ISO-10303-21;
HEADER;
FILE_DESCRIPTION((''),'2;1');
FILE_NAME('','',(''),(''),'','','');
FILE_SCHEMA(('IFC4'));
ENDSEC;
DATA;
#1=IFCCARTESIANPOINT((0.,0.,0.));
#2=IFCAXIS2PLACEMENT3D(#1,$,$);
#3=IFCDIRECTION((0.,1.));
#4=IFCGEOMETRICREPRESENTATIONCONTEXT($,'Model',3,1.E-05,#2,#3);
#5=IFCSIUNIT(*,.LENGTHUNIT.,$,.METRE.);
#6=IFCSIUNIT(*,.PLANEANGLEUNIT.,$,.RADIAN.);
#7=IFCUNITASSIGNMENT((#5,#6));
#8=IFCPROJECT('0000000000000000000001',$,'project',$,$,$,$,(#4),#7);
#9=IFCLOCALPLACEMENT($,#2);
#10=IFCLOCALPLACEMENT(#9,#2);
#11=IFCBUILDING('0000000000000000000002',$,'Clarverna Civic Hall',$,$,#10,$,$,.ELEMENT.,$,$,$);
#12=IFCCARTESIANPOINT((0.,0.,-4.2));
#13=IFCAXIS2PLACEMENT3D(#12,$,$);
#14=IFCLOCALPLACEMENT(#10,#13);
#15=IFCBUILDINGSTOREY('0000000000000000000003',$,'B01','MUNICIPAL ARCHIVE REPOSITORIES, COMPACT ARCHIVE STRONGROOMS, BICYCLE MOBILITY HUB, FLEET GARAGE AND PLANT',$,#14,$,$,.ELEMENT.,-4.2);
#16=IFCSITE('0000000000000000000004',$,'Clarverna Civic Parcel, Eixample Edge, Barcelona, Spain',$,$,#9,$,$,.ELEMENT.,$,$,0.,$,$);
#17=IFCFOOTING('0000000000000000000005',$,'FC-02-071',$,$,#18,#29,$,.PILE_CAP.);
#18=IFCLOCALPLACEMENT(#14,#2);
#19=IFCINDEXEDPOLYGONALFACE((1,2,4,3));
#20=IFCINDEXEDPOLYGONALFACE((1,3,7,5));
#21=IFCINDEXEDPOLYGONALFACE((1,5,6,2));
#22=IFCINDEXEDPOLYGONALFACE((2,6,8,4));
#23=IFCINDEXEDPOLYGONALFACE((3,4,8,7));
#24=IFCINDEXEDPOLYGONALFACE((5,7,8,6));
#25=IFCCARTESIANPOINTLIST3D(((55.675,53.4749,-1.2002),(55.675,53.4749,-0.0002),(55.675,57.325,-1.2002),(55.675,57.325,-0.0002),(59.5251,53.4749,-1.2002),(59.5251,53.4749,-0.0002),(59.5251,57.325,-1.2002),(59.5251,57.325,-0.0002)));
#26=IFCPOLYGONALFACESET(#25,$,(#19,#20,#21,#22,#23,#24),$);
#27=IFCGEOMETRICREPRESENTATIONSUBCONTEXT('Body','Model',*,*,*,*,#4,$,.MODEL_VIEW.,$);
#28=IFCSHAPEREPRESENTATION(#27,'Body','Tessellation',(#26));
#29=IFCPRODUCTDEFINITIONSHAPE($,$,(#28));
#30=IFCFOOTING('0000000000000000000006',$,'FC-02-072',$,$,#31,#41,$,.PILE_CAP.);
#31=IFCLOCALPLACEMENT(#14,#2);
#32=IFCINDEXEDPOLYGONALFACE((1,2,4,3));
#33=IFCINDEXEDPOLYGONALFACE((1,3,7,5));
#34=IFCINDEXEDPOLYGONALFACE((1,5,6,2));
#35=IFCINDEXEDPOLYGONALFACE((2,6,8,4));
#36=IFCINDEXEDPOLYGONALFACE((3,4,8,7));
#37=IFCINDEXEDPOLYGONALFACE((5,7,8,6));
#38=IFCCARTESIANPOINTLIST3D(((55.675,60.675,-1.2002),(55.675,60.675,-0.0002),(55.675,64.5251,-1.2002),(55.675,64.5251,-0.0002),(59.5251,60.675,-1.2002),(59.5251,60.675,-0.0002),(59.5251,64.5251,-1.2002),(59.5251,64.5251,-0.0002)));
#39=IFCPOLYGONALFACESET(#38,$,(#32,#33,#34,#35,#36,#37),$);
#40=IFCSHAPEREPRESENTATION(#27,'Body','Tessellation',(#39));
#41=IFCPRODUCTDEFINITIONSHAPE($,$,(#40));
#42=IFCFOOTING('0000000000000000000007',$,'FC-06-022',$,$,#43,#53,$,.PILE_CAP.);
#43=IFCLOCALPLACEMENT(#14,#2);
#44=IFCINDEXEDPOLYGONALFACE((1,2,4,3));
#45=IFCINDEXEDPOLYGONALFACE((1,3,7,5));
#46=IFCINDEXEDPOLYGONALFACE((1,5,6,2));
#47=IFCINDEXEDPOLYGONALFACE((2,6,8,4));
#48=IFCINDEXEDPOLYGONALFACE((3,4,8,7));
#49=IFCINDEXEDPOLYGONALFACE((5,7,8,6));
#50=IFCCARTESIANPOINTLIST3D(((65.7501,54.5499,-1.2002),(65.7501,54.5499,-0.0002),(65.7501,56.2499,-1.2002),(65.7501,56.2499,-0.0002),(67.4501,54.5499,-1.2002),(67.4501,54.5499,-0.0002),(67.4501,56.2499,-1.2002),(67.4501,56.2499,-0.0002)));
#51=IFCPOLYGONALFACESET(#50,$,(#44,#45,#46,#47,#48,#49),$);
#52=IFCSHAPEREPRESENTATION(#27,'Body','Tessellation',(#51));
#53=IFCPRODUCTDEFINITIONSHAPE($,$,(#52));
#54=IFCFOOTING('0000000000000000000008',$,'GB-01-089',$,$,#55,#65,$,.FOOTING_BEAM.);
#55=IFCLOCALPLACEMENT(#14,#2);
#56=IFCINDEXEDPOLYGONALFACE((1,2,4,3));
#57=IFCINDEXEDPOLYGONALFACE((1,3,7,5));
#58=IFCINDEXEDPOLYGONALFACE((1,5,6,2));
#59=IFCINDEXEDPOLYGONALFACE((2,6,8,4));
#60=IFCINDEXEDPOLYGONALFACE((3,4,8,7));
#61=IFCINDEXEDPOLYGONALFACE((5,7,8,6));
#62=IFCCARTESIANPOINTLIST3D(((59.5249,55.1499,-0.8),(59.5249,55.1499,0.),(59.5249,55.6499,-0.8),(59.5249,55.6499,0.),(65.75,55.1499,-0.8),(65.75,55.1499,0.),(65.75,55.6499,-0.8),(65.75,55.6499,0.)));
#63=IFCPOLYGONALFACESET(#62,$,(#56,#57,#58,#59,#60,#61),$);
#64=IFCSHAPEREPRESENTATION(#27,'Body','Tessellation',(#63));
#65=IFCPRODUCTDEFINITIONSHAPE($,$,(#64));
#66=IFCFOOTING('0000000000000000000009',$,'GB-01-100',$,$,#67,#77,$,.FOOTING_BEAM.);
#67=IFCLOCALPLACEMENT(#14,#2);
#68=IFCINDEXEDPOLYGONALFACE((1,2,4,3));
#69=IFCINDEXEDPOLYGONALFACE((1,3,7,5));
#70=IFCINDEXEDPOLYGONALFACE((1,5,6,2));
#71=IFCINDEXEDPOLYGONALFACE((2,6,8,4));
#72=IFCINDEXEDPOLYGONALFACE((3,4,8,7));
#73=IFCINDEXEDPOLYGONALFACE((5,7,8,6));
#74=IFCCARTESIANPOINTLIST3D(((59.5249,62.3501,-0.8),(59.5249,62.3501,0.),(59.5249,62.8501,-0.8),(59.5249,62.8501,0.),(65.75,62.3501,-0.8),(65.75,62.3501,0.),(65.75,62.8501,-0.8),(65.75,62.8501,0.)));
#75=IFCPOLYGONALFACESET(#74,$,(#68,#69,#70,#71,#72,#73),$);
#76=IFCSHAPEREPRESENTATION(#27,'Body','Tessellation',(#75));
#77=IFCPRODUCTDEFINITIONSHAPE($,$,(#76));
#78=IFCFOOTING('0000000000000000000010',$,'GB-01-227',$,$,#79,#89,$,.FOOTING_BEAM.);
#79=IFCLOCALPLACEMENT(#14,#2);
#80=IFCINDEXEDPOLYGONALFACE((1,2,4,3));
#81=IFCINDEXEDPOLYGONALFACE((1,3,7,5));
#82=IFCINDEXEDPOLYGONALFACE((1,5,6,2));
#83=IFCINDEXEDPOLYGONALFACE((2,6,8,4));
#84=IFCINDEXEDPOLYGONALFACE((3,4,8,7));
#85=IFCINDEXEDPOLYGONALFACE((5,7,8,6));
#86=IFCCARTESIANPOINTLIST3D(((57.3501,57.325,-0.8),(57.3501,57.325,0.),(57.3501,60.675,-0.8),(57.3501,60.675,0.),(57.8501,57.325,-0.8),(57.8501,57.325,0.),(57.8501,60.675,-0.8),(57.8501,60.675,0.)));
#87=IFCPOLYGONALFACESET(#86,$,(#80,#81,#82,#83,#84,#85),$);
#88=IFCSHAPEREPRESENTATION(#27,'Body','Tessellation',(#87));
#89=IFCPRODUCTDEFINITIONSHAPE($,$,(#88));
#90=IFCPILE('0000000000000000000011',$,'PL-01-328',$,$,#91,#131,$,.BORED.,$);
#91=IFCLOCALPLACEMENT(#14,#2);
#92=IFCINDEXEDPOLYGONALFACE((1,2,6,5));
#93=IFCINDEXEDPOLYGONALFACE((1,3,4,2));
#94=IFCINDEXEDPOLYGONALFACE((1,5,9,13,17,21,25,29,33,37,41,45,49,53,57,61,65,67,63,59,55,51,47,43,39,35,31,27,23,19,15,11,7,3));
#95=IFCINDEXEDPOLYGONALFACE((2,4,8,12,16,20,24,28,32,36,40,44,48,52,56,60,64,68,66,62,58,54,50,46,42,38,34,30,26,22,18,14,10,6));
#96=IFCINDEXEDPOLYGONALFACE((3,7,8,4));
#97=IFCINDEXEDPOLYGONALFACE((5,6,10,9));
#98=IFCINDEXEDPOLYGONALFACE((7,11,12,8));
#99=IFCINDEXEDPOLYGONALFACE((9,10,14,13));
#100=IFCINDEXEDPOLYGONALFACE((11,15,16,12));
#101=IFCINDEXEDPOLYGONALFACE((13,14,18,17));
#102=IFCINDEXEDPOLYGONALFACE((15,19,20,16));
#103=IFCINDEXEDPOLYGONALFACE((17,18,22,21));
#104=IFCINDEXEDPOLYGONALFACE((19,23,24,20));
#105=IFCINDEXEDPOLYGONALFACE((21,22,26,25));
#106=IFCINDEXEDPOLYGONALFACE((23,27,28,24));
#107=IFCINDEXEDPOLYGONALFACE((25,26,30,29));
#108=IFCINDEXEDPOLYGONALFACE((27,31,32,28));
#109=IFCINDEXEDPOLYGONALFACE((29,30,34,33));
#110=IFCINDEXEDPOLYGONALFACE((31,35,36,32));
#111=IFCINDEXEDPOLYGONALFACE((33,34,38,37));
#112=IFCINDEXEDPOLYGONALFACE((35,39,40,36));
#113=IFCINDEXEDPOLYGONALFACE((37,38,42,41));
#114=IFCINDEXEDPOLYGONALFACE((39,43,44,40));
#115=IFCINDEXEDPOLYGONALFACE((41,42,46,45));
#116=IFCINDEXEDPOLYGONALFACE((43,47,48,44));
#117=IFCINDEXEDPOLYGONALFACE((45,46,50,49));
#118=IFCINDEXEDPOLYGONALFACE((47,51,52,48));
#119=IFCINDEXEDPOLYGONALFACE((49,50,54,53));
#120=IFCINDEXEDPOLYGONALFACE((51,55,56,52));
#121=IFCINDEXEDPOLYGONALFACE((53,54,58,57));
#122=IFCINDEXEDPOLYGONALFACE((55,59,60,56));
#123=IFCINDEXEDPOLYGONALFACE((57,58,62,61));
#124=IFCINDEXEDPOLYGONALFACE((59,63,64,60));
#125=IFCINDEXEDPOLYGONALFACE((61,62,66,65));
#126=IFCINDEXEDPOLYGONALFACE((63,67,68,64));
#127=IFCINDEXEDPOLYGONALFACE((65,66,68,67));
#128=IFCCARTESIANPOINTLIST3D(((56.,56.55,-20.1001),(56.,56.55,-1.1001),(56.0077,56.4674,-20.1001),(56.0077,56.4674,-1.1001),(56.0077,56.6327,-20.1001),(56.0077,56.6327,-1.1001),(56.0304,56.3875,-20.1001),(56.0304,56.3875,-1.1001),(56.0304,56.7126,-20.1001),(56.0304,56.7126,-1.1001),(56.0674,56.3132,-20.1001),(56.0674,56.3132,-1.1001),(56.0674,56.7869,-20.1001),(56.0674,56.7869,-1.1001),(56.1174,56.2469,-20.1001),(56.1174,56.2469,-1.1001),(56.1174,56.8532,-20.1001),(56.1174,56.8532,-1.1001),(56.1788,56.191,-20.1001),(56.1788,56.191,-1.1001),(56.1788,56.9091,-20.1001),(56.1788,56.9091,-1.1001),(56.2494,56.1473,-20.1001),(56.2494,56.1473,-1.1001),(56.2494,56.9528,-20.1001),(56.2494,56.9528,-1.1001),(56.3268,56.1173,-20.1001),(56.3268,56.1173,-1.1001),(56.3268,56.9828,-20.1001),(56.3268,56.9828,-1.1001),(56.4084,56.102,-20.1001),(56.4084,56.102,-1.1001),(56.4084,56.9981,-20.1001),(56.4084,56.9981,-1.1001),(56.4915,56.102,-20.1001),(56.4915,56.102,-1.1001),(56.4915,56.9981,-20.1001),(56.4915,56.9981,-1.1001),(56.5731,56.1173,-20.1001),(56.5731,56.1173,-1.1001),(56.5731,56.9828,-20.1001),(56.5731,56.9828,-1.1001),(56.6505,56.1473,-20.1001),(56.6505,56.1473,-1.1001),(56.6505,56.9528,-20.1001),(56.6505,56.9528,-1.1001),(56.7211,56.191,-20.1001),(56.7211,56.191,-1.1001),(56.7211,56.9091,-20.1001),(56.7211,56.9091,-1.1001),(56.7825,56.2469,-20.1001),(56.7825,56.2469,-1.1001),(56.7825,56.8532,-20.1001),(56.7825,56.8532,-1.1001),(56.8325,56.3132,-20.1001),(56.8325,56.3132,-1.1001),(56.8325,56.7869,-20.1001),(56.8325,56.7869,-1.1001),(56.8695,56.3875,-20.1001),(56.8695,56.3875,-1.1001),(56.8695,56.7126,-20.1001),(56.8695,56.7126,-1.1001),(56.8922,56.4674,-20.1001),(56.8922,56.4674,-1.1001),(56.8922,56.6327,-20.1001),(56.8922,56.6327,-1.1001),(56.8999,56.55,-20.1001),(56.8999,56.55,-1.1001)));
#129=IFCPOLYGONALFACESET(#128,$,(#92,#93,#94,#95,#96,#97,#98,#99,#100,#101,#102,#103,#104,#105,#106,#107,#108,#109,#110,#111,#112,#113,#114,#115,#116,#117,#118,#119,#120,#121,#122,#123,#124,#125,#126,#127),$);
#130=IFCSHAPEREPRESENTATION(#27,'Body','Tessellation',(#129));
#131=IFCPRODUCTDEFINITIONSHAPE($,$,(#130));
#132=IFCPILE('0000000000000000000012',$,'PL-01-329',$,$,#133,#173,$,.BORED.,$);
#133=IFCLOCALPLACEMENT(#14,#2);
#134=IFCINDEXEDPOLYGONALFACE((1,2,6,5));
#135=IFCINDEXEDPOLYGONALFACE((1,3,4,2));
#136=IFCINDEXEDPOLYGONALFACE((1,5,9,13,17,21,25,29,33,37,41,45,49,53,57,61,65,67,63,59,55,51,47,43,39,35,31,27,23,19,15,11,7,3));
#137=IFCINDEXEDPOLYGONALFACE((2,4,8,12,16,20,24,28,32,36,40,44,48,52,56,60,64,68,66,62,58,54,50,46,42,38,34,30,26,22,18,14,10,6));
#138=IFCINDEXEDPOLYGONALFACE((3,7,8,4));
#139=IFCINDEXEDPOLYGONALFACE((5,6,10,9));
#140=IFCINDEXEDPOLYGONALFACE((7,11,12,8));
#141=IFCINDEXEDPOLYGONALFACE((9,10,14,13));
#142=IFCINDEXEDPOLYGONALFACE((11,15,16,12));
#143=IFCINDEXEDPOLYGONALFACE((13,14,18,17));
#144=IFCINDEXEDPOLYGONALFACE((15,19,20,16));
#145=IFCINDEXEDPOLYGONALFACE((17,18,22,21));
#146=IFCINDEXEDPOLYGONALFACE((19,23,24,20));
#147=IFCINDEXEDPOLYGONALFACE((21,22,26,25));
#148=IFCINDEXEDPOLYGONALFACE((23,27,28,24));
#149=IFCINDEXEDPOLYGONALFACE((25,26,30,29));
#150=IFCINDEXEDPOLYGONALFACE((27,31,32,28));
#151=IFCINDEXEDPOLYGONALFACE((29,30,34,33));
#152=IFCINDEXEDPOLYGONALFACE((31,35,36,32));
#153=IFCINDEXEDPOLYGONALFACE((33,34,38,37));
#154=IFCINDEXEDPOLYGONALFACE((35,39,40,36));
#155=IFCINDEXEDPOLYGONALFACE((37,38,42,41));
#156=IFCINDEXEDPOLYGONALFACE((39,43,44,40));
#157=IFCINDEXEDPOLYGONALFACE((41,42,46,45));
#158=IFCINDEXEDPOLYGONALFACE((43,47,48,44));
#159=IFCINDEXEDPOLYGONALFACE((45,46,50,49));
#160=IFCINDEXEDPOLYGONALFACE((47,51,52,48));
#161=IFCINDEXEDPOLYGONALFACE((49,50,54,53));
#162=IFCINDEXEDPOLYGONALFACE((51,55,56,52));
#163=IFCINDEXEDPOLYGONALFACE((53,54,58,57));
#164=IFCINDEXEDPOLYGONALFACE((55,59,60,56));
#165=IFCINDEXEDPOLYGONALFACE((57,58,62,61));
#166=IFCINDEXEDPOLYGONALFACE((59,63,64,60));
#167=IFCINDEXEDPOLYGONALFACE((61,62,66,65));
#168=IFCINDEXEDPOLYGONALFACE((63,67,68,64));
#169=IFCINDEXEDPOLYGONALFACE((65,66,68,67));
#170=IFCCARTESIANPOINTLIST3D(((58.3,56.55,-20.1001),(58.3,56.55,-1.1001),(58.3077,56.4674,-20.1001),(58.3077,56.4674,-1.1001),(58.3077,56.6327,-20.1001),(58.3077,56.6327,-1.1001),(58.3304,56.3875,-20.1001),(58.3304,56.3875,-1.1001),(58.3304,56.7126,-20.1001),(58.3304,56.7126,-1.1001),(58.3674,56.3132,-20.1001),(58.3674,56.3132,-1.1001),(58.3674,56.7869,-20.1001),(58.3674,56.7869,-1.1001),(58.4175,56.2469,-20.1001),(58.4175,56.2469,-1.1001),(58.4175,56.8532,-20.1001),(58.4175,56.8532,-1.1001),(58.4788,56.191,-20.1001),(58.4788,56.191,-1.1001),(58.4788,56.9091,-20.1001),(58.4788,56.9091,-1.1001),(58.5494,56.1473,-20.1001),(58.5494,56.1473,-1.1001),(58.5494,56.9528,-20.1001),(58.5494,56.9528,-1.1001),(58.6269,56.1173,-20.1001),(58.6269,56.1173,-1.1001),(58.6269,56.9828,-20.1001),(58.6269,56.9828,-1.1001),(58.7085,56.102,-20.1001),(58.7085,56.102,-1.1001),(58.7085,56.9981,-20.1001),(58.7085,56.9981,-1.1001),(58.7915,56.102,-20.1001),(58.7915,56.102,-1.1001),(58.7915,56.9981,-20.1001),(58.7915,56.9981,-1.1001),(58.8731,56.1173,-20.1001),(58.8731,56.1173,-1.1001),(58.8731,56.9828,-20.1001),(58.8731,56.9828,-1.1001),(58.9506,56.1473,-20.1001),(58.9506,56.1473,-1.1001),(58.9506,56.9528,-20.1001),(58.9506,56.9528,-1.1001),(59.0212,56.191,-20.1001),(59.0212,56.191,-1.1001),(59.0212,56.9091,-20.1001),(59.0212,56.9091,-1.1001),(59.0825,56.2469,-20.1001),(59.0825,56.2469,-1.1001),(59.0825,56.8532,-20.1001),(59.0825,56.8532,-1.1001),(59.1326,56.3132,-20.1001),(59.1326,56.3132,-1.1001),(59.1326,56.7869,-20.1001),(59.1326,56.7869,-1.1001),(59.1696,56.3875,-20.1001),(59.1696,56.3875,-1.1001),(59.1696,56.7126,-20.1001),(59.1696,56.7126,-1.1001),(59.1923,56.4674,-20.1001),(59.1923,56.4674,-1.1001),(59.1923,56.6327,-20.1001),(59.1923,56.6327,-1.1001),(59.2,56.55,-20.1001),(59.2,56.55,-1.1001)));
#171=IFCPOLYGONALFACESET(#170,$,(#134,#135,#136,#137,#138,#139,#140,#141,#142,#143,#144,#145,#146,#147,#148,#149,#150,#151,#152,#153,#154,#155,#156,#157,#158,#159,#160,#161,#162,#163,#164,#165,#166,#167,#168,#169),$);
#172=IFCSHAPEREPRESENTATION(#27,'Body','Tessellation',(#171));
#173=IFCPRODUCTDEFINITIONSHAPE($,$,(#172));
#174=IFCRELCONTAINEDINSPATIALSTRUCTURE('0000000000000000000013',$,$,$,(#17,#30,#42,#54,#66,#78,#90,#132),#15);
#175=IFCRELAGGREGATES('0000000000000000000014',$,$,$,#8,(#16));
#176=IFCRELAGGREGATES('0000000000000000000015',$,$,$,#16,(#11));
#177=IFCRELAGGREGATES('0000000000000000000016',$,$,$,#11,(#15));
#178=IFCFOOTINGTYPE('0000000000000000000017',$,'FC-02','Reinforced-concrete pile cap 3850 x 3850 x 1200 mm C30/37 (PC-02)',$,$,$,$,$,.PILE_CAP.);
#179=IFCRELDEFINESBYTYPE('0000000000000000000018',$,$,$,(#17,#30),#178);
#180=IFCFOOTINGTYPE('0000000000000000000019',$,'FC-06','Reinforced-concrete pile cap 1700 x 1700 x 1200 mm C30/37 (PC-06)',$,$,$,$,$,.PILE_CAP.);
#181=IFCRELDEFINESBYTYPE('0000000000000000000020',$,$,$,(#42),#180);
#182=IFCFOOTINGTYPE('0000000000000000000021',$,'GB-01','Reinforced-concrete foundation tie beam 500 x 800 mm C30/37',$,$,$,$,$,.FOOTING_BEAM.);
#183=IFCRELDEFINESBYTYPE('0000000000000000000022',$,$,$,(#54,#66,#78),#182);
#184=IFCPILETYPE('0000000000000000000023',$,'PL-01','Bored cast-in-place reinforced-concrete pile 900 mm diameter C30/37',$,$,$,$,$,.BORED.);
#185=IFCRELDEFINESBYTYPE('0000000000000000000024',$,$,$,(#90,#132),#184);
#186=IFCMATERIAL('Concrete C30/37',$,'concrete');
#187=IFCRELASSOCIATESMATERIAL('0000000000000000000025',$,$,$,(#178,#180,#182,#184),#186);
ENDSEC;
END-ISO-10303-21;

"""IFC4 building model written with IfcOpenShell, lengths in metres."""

from ifc_helpers import new_model, si_unit, direction, frame, frame_2d, origin, origin_2d, place, context, subcontext, project, spatial, rectangle, circle, extrude, material, material_profile, profile_set, type_object, element, save


model = new_model("IFC4")

# Units and contexts
model_context = context("Model", 3, precision=1e-05, world=origin(), true_north=direction((0.0, 1.0)))
body_context = subcontext(model_context, "Body", "Model", "MODEL_VIEW")
ifc_project = project(units=[si_unit("LENGTHUNIT", "METRE"), si_unit("PLANEANGLEUNIT", "RADIAN")], contexts=[model_context])

# Site, building, storey
site_placement = place(None, origin())
site = spatial("IfcSite", under=ifc_project, at=site_placement, Name="Clarverna Civic Parcel, Eixample Edge, Barcelona, Spain", CompositionType="ELEMENT", RefElevation=0.0)
building_placement = place(site_placement, origin())
building = spatial("IfcBuilding", under=site, at=building_placement, Name="Clarverna Civic Hall", CompositionType="ELEMENT")
storey_placement = place(building_placement, frame((0.0, 0.0, -4.2)))
storey = spatial("IfcBuildingStorey", under=building, at=storey_placement, Name="B01", Description="MUNICIPAL ARCHIVE REPOSITORIES, COMPACT ARCHIVE STRONGROOMS, BICYCLE MOBILITY HUB, FLEET GARAGE AND PLANT", CompositionType="ELEMENT", Elevation=-4.2)

# Footings
ifc_material_1 = material(Name="Concrete C30/37", Category="concrete")
footing_type_1 = type_object("IfcFootingType", Name="FC-02", Description="Reinforced-concrete pile cap 3850 x 3850 x 1200 mm C30/37 (PC-02)", PredefinedType="PILE_CAP", material=ifc_material_1)
for number, where, z_axis, x_axis, name in (
    (1, (57.6001, 55.3999, -1.2002), (0.0, 0.0, 1.0), (1.0, 0.0, 0.0), "FC-02-071"),
    (2, (57.6001, 62.6001, -1.2002), (0.0, 0.0, 1.0), (1.0, 0.0, 0.0), "FC-02-072"),
):
    element("IfcFooting", number, at=place(storey_placement, frame(where, z_axis=z_axis, x_axis=x_axis)), inside=storey, type_object=footing_type_1, Name=name, PredefinedType="PILE_CAP", context=body_context, shape_type="SweptSolid", body=[
        extrude(rectangle(XDim=3.8501, YDim=3.8501, at=origin_2d()), origin(), (0.0, 0.0, 1.0), 1.2),
    ])
footing_type_2 = type_object("IfcFootingType", Name="FC-06", Description="Reinforced-concrete pile cap 1700 x 1700 x 1200 mm C30/37 (PC-06)", PredefinedType="PILE_CAP", material=ifc_material_1)
footing_1_placement = place(storey_placement, frame((66.6001, 55.3999, -1.2002), z_axis=(0.0, 0.0, 1.0), x_axis=(1.0, 0.0, 0.0)))
element("IfcFooting", 3, at=footing_1_placement, inside=storey, type_object=footing_type_2, Name="FC-06-022", PredefinedType="PILE_CAP", context=body_context, shape_type="SweptSolid", body=[
    extrude(rectangle(XDim=1.7, YDim=1.7, at=origin_2d()), origin(), (0.0, 0.0, 1.0), 1.2),
])
footing_type_3 = type_object("IfcFootingType", Name="GB-01", Description="Reinforced-concrete foundation tie beam 500 x 800 mm C30/37", PredefinedType="FOOTING_BEAM", material=ifc_material_1)
for number, where, z_axis, x_axis, name in (
    (4, (59.5249, 55.3999, -0.8), (0.0, 0.0, 1.0), (1.0, 0.0, 0.0), "GB-01-089"),
    (5, (59.5249, 62.6001, -0.8), (0.0, 0.0, 1.0), (1.0, 0.0, 0.0), "GB-01-100"),
):
    element("IfcFooting", number, at=place(storey_placement, frame(where, z_axis=z_axis, x_axis=x_axis)), inside=storey, type_object=footing_type_3, Name=name, PredefinedType="FOOTING_BEAM", context=body_context, shape_type="SweptSolid", body=[
        extrude(rectangle(XDim=6.2251, YDim=0.5, at=frame_2d((3.1125, 0.0))), origin(), (0.0, 0.0, 1.0), 0.8),
    ])
footing_2_placement = place(storey_placement, frame((57.6001, 57.325, -0.8), z_axis=(0.0, 0.0, 1.0), x_axis=(0.0, 1.0, 0.0)))
element("IfcFooting", 6, at=footing_2_placement, inside=storey, type_object=footing_type_3, Name="GB-01-227", PredefinedType="FOOTING_BEAM", context=body_context, shape_type="SweptSolid", body=[
    extrude(rectangle(XDim=3.3501, YDim=0.5, at=frame_2d((1.675, 0.0))), origin(), (0.0, 0.0, 1.0), 0.8),
])

# Piles
ifc_material_profile_1 = material_profile(ifc_material_1, circle(Radius=0.45, at=origin_2d()), Name="BORED PILE D900")
ifc_profile_set_1 = profile_set([ifc_material_profile_1], Name="Concrete C30/37")
pile_type = type_object("IfcPileType", Name="PL-01", Description="Bored cast-in-place reinforced-concrete pile 900 mm diameter C30/37", PredefinedType="BORED", material=ifc_profile_set_1)
for number, where, z_axis, x_axis, name in (
    (7, (56.45, 56.55, -1.1001), (0.0, 0.0, -1.0), (1.0, 0.0, 0.0), "PL-01-328"),
    (8, (58.75, 56.55, -1.1001), (0.0, 0.0, -1.0), (1.0, 0.0, 0.0), "PL-01-329"),
):
    element("IfcPile", number, at=place(storey_placement, frame(where, z_axis=z_axis, x_axis=x_axis)), inside=storey, type_object=pile_type, Name=name, PredefinedType="BORED", context=body_context, shape_type="SweptSolid", body=[
        extrude(circle(Radius=0.45, at=origin_2d()), origin(), (0.0, 0.0, 1.0), 19.0),
    ])

save(model, "model.ifc")
